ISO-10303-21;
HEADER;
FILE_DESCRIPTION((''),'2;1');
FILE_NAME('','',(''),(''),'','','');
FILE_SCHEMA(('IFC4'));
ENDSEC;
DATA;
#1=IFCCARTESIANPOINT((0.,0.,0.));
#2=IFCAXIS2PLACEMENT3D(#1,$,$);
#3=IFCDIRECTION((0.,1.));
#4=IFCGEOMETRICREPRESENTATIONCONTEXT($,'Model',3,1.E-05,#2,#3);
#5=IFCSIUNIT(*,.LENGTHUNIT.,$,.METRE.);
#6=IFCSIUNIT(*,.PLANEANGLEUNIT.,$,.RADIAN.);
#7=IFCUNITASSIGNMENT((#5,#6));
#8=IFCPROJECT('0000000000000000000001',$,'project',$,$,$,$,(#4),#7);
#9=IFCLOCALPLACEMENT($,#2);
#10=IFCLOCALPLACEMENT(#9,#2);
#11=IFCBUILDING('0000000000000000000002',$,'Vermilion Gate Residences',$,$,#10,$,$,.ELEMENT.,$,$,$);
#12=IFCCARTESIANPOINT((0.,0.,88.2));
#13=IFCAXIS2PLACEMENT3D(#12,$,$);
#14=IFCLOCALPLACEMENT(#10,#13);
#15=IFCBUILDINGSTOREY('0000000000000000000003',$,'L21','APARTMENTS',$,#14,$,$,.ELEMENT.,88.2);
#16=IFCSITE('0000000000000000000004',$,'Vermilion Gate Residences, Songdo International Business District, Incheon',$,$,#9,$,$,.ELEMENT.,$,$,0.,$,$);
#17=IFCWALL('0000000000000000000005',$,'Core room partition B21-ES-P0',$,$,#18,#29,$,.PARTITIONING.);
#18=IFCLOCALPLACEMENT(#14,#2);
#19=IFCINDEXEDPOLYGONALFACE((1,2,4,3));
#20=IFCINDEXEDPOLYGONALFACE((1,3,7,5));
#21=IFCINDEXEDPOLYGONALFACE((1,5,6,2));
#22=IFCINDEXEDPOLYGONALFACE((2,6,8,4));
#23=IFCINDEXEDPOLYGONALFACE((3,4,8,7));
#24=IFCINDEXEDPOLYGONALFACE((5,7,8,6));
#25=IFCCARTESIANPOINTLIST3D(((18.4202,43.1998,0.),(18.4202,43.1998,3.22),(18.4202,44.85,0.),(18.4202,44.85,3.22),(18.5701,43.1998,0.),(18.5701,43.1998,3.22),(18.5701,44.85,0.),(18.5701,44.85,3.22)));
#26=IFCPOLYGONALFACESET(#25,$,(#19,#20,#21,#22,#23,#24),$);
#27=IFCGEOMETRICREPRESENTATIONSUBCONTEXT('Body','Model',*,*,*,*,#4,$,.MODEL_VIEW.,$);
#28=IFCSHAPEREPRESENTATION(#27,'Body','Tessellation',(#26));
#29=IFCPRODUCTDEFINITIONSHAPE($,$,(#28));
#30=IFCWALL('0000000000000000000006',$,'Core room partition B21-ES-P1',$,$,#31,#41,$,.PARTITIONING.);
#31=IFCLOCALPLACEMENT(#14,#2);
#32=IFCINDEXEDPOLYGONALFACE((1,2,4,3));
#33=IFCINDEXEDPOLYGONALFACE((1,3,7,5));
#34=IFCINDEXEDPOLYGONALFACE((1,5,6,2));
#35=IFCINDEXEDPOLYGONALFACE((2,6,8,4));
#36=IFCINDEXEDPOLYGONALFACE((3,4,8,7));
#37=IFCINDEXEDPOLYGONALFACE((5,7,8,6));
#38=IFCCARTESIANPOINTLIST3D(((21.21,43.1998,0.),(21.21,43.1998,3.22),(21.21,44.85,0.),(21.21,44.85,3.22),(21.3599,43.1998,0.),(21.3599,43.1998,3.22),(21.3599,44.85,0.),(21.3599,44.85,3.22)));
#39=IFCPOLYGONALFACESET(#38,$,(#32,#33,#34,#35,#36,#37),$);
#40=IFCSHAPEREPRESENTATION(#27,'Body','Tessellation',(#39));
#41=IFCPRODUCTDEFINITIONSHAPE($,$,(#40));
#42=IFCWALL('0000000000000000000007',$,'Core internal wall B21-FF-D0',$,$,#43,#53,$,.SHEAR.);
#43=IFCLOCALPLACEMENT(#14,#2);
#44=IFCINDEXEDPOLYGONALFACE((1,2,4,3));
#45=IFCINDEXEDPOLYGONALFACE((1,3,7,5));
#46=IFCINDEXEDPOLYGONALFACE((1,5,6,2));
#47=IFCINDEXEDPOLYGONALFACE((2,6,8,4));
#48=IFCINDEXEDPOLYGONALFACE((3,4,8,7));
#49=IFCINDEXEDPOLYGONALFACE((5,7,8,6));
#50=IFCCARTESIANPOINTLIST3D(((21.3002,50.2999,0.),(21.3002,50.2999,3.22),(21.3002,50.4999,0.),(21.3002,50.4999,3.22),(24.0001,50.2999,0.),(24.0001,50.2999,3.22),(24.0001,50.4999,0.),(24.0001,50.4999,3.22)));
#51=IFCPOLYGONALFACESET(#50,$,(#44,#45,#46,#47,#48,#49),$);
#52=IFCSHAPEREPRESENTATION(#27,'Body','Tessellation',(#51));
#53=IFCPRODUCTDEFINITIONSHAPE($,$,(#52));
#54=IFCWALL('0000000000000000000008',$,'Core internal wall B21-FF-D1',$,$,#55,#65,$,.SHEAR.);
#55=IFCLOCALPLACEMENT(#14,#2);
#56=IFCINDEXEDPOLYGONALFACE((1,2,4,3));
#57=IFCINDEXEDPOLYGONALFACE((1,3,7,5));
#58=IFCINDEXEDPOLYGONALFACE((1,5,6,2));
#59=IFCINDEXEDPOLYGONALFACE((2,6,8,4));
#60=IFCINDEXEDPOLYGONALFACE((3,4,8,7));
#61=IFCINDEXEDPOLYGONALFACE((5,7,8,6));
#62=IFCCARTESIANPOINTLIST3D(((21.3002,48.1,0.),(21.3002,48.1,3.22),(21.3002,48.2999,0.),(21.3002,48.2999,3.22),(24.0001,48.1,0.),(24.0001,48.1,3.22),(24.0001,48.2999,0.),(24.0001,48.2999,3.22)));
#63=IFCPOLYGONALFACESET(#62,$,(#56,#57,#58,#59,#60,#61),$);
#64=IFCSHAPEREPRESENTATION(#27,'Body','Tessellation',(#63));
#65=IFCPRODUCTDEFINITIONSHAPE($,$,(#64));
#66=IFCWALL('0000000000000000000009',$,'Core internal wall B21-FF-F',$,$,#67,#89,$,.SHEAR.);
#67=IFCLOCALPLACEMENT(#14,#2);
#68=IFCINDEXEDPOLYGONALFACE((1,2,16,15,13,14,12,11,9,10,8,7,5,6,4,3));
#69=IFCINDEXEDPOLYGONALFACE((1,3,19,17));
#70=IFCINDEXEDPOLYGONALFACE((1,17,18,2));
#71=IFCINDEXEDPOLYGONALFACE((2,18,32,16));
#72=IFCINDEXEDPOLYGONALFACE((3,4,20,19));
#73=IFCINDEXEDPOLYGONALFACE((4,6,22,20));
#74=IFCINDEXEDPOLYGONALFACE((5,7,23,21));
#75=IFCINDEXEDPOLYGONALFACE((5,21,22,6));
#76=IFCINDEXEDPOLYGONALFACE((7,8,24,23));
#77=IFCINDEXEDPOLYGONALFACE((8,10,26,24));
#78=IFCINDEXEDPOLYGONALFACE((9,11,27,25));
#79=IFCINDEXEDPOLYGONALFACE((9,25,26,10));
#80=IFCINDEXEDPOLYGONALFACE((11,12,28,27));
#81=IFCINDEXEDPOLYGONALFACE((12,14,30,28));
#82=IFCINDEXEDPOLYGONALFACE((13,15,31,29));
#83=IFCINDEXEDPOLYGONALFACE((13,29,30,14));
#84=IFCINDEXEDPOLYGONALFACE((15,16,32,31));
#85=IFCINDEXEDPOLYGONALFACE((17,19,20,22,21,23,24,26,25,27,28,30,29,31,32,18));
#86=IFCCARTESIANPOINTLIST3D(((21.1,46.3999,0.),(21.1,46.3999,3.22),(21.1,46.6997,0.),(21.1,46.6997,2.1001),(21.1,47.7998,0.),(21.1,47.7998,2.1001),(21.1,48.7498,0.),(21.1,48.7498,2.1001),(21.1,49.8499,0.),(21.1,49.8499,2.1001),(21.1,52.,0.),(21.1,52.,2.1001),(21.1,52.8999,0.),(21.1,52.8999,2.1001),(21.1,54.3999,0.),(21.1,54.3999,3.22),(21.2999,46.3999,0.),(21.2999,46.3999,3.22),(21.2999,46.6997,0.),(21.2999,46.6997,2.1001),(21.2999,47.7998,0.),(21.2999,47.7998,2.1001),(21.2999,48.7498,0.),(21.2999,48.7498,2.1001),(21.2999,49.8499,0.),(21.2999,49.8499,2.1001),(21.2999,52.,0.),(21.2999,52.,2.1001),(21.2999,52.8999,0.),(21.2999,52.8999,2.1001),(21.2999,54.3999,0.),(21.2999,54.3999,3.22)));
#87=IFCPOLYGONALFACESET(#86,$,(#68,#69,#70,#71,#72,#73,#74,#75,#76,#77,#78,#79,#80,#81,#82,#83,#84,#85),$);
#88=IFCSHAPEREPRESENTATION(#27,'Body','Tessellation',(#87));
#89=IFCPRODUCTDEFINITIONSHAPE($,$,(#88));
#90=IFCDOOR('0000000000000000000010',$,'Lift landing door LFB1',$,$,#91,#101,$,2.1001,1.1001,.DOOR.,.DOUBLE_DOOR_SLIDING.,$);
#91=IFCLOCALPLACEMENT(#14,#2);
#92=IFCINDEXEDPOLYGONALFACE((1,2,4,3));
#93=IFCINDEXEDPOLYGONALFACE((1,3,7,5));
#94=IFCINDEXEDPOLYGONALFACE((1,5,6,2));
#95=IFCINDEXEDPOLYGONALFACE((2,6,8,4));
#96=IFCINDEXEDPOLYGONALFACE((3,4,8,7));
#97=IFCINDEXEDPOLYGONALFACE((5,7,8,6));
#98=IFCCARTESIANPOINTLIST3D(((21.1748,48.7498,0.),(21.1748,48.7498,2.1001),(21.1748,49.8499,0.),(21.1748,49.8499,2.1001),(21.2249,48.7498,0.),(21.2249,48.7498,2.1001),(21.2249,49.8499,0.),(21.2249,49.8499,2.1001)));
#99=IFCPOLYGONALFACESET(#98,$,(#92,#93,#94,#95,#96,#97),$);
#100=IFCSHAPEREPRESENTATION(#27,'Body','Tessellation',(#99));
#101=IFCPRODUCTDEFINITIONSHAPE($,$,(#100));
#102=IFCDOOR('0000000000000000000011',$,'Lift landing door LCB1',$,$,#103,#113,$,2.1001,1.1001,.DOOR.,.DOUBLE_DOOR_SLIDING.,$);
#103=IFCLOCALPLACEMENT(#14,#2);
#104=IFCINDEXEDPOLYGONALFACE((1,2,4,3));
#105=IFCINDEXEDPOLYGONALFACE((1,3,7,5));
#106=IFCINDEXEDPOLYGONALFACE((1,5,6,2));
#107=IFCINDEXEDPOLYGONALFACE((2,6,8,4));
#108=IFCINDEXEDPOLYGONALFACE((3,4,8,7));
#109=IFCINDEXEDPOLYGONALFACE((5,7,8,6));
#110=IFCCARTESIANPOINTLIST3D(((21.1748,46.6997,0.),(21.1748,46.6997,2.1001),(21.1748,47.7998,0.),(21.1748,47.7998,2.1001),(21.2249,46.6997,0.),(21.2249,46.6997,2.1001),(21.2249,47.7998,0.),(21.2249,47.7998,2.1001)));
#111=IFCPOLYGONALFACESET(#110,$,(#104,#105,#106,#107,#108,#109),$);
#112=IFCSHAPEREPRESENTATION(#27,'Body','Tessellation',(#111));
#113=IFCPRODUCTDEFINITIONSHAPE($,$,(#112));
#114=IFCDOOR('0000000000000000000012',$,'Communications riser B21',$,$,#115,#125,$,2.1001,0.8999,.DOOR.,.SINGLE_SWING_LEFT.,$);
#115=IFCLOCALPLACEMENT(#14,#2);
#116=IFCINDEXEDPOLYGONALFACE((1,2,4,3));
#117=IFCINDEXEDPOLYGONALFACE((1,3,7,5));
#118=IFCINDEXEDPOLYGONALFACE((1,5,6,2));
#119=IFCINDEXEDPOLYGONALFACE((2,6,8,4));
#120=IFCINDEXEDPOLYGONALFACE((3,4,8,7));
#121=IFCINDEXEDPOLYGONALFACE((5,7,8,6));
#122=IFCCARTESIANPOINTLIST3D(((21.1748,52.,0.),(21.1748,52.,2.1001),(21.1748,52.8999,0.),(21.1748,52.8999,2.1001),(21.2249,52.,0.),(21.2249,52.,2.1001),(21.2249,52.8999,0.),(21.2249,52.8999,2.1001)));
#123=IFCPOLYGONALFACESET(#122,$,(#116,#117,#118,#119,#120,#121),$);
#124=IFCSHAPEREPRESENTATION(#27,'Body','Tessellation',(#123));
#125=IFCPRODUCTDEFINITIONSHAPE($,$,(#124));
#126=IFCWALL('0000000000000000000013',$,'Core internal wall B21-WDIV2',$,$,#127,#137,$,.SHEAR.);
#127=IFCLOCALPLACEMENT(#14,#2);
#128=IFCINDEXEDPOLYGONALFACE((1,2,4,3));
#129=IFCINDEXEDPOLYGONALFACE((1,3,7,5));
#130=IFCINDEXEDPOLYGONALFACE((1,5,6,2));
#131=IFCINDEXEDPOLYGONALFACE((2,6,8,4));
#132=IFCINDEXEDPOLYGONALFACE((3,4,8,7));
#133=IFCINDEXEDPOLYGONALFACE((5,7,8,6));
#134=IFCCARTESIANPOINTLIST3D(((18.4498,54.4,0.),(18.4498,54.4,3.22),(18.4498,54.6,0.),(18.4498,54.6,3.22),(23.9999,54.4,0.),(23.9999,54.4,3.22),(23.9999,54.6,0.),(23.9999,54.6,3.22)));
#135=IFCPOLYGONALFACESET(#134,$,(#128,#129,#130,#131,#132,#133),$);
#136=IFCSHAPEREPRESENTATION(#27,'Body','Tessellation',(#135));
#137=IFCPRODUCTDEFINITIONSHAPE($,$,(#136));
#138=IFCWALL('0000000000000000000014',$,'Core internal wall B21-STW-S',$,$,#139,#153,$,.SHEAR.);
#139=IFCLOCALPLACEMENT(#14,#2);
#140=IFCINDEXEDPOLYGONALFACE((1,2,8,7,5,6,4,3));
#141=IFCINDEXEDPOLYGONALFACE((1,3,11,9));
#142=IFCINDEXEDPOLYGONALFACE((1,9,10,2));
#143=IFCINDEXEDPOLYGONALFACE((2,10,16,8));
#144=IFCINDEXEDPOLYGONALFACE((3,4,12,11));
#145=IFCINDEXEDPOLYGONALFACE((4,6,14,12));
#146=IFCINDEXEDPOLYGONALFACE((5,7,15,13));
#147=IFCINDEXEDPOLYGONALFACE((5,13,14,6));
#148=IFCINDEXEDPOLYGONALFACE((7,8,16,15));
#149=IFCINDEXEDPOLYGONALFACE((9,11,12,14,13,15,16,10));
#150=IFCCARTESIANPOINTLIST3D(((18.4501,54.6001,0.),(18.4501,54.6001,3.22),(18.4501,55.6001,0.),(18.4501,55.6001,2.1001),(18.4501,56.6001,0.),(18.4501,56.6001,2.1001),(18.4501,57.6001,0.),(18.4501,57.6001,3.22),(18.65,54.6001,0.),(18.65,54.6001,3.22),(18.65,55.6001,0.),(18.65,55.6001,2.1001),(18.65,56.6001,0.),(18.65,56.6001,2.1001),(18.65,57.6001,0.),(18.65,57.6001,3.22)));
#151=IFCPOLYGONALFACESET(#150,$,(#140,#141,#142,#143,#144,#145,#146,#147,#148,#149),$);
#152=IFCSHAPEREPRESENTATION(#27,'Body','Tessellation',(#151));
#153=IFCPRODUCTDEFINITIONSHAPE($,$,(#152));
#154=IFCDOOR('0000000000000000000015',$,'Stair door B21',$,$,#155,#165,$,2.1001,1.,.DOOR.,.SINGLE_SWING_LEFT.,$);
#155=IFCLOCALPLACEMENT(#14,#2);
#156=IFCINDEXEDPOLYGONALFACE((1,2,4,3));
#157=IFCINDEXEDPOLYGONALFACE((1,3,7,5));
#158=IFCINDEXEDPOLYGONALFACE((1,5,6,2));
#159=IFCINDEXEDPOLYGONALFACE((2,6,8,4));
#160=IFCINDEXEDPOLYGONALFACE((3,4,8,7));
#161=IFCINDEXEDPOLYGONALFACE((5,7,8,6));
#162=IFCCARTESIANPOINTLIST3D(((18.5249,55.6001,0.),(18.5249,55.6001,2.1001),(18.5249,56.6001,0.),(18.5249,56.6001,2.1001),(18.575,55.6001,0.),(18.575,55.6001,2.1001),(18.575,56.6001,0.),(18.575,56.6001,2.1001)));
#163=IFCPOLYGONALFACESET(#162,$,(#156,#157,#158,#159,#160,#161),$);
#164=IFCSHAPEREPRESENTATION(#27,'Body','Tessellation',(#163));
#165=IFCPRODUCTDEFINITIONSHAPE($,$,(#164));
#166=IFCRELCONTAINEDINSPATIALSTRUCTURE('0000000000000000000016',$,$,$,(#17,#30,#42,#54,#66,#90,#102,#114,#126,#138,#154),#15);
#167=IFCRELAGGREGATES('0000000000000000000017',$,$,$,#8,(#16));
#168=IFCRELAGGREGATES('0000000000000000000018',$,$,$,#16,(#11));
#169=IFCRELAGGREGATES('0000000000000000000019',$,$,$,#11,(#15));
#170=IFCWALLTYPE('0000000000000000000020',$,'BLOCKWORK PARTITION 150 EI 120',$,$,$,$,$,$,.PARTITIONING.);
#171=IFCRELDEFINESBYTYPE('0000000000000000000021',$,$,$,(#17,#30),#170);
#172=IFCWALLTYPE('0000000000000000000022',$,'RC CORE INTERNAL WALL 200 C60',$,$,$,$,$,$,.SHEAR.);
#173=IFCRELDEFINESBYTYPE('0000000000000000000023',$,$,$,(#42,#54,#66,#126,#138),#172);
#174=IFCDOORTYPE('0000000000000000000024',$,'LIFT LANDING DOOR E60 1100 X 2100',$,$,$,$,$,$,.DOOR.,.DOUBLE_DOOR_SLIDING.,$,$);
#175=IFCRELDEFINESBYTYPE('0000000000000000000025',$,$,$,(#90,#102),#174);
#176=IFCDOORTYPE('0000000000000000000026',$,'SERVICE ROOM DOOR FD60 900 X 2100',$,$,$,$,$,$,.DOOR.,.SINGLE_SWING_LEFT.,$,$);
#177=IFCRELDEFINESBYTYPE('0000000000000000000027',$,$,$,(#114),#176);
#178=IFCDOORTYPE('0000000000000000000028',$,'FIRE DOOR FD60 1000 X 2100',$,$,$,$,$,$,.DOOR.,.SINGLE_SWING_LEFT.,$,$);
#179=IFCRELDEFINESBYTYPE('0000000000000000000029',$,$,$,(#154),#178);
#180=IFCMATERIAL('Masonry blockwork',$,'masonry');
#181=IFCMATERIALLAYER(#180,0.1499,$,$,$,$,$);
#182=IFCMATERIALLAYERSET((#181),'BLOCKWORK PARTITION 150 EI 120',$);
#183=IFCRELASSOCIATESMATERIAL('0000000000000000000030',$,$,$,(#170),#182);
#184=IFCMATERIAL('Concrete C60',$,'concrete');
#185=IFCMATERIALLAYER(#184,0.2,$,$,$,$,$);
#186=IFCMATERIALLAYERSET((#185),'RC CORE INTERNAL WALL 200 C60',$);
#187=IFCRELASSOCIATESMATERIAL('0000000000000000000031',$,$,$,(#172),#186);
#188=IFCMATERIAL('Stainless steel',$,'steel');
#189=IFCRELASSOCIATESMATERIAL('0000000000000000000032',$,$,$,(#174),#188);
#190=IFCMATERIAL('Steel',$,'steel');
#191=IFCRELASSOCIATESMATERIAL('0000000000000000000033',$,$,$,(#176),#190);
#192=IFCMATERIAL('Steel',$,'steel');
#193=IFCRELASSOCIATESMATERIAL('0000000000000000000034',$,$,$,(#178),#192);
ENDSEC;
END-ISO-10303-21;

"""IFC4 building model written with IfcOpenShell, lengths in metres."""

from ifc_helpers import new_model, si_unit, direction, frame, frame_2d, origin, place, context, subcontext, project, spatial, rectangle, extrude, material, layer, layer_set, type_object, element, fill, save


model = new_model("IFC4")

# Units and contexts
model_context = context("Model", 3, precision=1e-05, world=origin(), true_north=direction((0.0, 1.0)))
body_context = subcontext(model_context, "Body", "Model", "MODEL_VIEW")
ifc_project = project(units=[si_unit("LENGTHUNIT", "METRE"), si_unit("PLANEANGLEUNIT", "RADIAN")], contexts=[model_context])

# Site, building, storey
site_placement = place(None, origin())
site = spatial("IfcSite", under=ifc_project, at=site_placement, Name="Vermilion Gate Residences, Songdo International Business District, Incheon", CompositionType="ELEMENT", RefElevation=0.0)
building_placement = place(site_placement, origin())
building = spatial("IfcBuilding", under=site, at=building_placement, Name="Vermilion Gate Residences", CompositionType="ELEMENT")
storey_placement = place(building_placement, frame((0.0, 0.0, 88.2)))
storey = spatial("IfcBuildingStorey", under=building, at=storey_placement, Name="L21", Description="APARTMENTS", CompositionType="ELEMENT", Elevation=88.2)

# Walls
ifc_material_1 = material(Name="Masonry blockwork", Category="masonry")
ifc_layer_1 = layer(ifc_material_1, 0.1499)
ifc_layer_set_1 = layer_set([ifc_layer_1], Name="BLOCKWORK PARTITION 150 EI 120")
wall_type_1 = type_object("IfcWallType", Name="BLOCKWORK PARTITION 150 EI 120", PredefinedType="PARTITIONING", material=ifc_layer_set_1)
for number, where, z_axis, x_axis, name in (
    (1, (18.4951, 44.8501, 0.0), (0.0, 0.0, 1.0), (0.0, -1.0, 0.0), "Core room partition B21-ES-P0"),
    (2, (21.2849, 44.8501, 0.0), (0.0, 0.0, 1.0), (0.0, -1.0, 0.0), "Core room partition B21-ES-P1"),
):
    element("IfcWall", number, at=place(storey_placement, frame(where, z_axis=z_axis, x_axis=x_axis)), inside=storey, type_object=wall_type_1, Name=name, PredefinedType="PARTITIONING", context=body_context, shape_type="SweptSolid", body=[
        extrude(rectangle(XDim=1.6501, YDim=0.1499, at=frame_2d((0.8252, 0.0))), origin(), (0.0, 0.0, 1.0), 3.22),
    ])
ifc_material_2 = material(Name="Concrete C60", Category="concrete")
ifc_layer_2 = layer(ifc_material_2, 0.2)
ifc_layer_set_2 = layer_set([ifc_layer_2], Name="RC CORE INTERNAL WALL 200 C60")
wall_type_2 = type_object("IfcWallType", Name="RC CORE INTERNAL WALL 200 C60", PredefinedType="SHEAR", material=ifc_layer_set_2)
for number, where, z_axis, x_axis, name in (
    (3, (21.3, 50.3999, 0.0), (0.0, 0.0, 1.0), (1.0, 0.0, 0.0), "Core internal wall B21-FF-D0"),
    (4, (21.3, 48.2, 0.0), (0.0, 0.0, 1.0), (1.0, 0.0, 0.0), "Core internal wall B21-FF-D1"),
):
    element("IfcWall", number, at=place(storey_placement, frame(where, z_axis=z_axis, x_axis=x_axis)), inside=storey, type_object=wall_type_2, Name=name, PredefinedType="SHEAR", context=body_context, shape_type="SweptSolid", body=[
        extrude(rectangle(XDim=2.7, YDim=0.2, at=frame_2d((1.3501, 0.0))), origin(), (0.0, 0.0, 1.0), 3.22),
    ])

# Wall, openings, doors
wall_1_placement = place(storey_placement, frame((21.2, 54.3999, 0.0), z_axis=(0.0, 0.0, 1.0), x_axis=(0.0, -1.0, 0.0)))
wall_1 = element("IfcWall", 5, at=wall_1_placement, inside=storey, type_object=wall_type_2, Name="Core internal wall B21-FF-F", PredefinedType="SHEAR", context=body_context, shape_type="SweptSolid", body=[
    extrude(rectangle(XDim=8.0, YDim=0.2, at=frame_2d((4.0, 0.0))), origin(), (0.0, 0.0, 1.0), 3.22),
])
opening_1_placement = place(wall_1_placement, frame((1.5, 0.0, 0.0)))
opening_1 = element("IfcOpeningElement", 6, at=opening_1_placement, cuts=wall_1, PredefinedType="OPENING", context=body_context, shape_type="SweptSolid", body=[
    extrude(rectangle(XDim=0.8999, YDim=2.1001, at=frame_2d((0.45, 1.05))), frame((0.0, 0.1099, 0.0), z_axis=(0.0, -1.0, 0.0), x_axis=(1.0, 0.0, 0.0)), (0.0, 0.0, 1.0), 0.22),
])
opening_2_placement = place(wall_1_placement, frame((4.55, 0.0, 0.0)))
opening_2 = element("IfcOpeningElement", 7, at=opening_2_placement, cuts=wall_1, PredefinedType="OPENING", context=body_context, shape_type="SweptSolid", body=[
    extrude(rectangle(XDim=1.1001, YDim=2.1001, at=frame_2d((0.55, 1.05))), frame((0.0, 0.1099, 0.0), z_axis=(0.0, -1.0, 0.0), x_axis=(1.0, 0.0, 0.0)), (0.0, 0.0, 1.0), 0.22),
])
opening_3_placement = place(wall_1_placement, frame((6.6001, 0.0, 0.0)))
opening_3 = element("IfcOpeningElement", 8, at=opening_3_placement, cuts=wall_1, PredefinedType="OPENING", context=body_context, shape_type="SweptSolid", body=[
    extrude(rectangle(XDim=1.1001, YDim=2.1001, at=frame_2d((0.55, 1.05))), frame((0.0, 0.1099, 0.0), z_axis=(0.0, -1.0, 0.0), x_axis=(1.0, 0.0, 0.0)), (0.0, 0.0, 1.0), 0.22),
])
ifc_material_3 = material(Name="Stainless steel", Category="steel")
door_type_1 = type_object("IfcDoorType", Name="LIFT LANDING DOOR E60 1100 X 2100", OperationType="DOUBLE_DOOR_SLIDING", PredefinedType="DOOR", material=ifc_material_3)
door_1_placement = place(opening_2_placement, origin())
door_1 = element("IfcDoor", 9, at=door_1_placement, inside=storey, type_object=door_type_1, Name="Lift landing door LFB1", OperationType="DOUBLE_DOOR_SLIDING", OverallHeight=2.1001, OverallWidth=1.1001, PredefinedType="DOOR", context=body_context, shape_type="SweptSolid", body=[
    extrude(rectangle(XDim=1.1001, YDim=2.1001, at=frame_2d((0.55, 1.05))), frame((0.0, 0.0249, 0.0), z_axis=(0.0, -1.0, 0.0), x_axis=(1.0, 0.0, 0.0)), (0.0, 0.0, 1.0), 0.05),
])
fill(opening_2, door_1)
door_2_placement = place(opening_3_placement, origin())
door_2 = element("IfcDoor", 10, at=door_2_placement, inside=storey, type_object=door_type_1, Name="Lift landing door LCB1", OperationType="DOUBLE_DOOR_SLIDING", OverallHeight=2.1001, OverallWidth=1.1001, PredefinedType="DOOR", context=body_context, shape_type="SweptSolid", body=[
    extrude(rectangle(XDim=1.1001, YDim=2.1001, at=frame_2d((0.55, 1.05))), frame((0.0, 0.0249, 0.0), z_axis=(0.0, -1.0, 0.0), x_axis=(1.0, 0.0, 0.0)), (0.0, 0.0, 1.0), 0.05),
])
fill(opening_3, door_2)
ifc_material_4 = material(Name="Steel", Category="steel")
door_type_2 = type_object("IfcDoorType", Name="SERVICE ROOM DOOR FD60 900 X 2100", OperationType="SINGLE_SWING_LEFT", PredefinedType="DOOR", material=ifc_material_4)
door_3_placement = place(opening_1_placement, origin())
door_3 = element("IfcDoor", 11, at=door_3_placement, inside=storey, type_object=door_type_2, Name="Communications riser B21", OperationType="SINGLE_SWING_LEFT", OverallHeight=2.1001, OverallWidth=0.8999, PredefinedType="DOOR", context=body_context, shape_type="SweptSolid", body=[
    extrude(rectangle(XDim=0.8999, YDim=2.1001, at=frame_2d((0.45, 1.05))), frame((0.0, 0.0249, 0.0), z_axis=(0.0, -1.0, 0.0), x_axis=(1.0, 0.0, 0.0)), (0.0, 0.0, 1.0), 0.05),
])
fill(opening_1, door_3)

# Wall
wall_2_placement = place(storey_placement, frame((18.45, 54.5, 0.0), z_axis=(0.0, 0.0, 1.0), x_axis=(1.0, 0.0, 0.0)))
element("IfcWall", 12, at=wall_2_placement, inside=storey, type_object=wall_type_2, Name="Core internal wall B21-WDIV2", PredefinedType="SHEAR", context=body_context, shape_type="SweptSolid", body=[
    extrude(rectangle(XDim=5.55, YDim=0.2, at=frame_2d((2.7749, 0.0))), origin(), (0.0, 0.0, 1.0), 3.22),
])

# Wall, opening, door
wall_3_placement = place(storey_placement, frame((18.55, 57.6001, 0.0), z_axis=(0.0, 0.0, 1.0), x_axis=(0.0, -1.0, 0.0)))
wall_3 = element("IfcWall", 13, at=wall_3_placement, inside=storey, type_object=wall_type_2, Name="Core internal wall B21-STW-S", PredefinedType="SHEAR", context=body_context, shape_type="SweptSolid", body=[
    extrude(rectangle(XDim=3.0, YDim=0.2, at=frame_2d((1.5, 0.0))), origin(), (0.0, 0.0, 1.0), 3.22),
])
opening_4_placement = place(wall_3_placement, frame((1.0, 0.0, 0.0)))
opening_4 = element("IfcOpeningElement", 14, at=opening_4_placement, cuts=wall_3, PredefinedType="OPENING", context=body_context, shape_type="SweptSolid", body=[
    extrude(rectangle(XDim=1.0, YDim=2.1001, at=frame_2d((0.5, 1.05))), frame((0.0, 0.1099, 0.0), z_axis=(0.0, -1.0, 0.0), x_axis=(1.0, 0.0, 0.0)), (0.0, 0.0, 1.0), 0.22),
])
ifc_material_5 = material(Name="Steel", Category="steel")
door_type_3 = type_object("IfcDoorType", Name="FIRE DOOR FD60 1000 X 2100", OperationType="SINGLE_SWING_LEFT", PredefinedType="DOOR", material=ifc_material_5)
door_4_placement = place(opening_4_placement, origin())
door_4 = element("IfcDoor", 15, at=door_4_placement, inside=storey, type_object=door_type_3, Name="Stair door B21", OperationType="SINGLE_SWING_LEFT", OverallHeight=2.1001, OverallWidth=1.0, PredefinedType="DOOR", context=body_context, shape_type="SweptSolid", body=[
    extrude(rectangle(XDim=1.0, YDim=2.1001, at=frame_2d((0.5, 1.05))), frame((0.0, 0.0249, 0.0), z_axis=(0.0, -1.0, 0.0), x_axis=(1.0, 0.0, 0.0)), (0.0, 0.0, 1.0), 0.05),
])
fill(opening_4, door_4)

save(model, "model.ifc")
